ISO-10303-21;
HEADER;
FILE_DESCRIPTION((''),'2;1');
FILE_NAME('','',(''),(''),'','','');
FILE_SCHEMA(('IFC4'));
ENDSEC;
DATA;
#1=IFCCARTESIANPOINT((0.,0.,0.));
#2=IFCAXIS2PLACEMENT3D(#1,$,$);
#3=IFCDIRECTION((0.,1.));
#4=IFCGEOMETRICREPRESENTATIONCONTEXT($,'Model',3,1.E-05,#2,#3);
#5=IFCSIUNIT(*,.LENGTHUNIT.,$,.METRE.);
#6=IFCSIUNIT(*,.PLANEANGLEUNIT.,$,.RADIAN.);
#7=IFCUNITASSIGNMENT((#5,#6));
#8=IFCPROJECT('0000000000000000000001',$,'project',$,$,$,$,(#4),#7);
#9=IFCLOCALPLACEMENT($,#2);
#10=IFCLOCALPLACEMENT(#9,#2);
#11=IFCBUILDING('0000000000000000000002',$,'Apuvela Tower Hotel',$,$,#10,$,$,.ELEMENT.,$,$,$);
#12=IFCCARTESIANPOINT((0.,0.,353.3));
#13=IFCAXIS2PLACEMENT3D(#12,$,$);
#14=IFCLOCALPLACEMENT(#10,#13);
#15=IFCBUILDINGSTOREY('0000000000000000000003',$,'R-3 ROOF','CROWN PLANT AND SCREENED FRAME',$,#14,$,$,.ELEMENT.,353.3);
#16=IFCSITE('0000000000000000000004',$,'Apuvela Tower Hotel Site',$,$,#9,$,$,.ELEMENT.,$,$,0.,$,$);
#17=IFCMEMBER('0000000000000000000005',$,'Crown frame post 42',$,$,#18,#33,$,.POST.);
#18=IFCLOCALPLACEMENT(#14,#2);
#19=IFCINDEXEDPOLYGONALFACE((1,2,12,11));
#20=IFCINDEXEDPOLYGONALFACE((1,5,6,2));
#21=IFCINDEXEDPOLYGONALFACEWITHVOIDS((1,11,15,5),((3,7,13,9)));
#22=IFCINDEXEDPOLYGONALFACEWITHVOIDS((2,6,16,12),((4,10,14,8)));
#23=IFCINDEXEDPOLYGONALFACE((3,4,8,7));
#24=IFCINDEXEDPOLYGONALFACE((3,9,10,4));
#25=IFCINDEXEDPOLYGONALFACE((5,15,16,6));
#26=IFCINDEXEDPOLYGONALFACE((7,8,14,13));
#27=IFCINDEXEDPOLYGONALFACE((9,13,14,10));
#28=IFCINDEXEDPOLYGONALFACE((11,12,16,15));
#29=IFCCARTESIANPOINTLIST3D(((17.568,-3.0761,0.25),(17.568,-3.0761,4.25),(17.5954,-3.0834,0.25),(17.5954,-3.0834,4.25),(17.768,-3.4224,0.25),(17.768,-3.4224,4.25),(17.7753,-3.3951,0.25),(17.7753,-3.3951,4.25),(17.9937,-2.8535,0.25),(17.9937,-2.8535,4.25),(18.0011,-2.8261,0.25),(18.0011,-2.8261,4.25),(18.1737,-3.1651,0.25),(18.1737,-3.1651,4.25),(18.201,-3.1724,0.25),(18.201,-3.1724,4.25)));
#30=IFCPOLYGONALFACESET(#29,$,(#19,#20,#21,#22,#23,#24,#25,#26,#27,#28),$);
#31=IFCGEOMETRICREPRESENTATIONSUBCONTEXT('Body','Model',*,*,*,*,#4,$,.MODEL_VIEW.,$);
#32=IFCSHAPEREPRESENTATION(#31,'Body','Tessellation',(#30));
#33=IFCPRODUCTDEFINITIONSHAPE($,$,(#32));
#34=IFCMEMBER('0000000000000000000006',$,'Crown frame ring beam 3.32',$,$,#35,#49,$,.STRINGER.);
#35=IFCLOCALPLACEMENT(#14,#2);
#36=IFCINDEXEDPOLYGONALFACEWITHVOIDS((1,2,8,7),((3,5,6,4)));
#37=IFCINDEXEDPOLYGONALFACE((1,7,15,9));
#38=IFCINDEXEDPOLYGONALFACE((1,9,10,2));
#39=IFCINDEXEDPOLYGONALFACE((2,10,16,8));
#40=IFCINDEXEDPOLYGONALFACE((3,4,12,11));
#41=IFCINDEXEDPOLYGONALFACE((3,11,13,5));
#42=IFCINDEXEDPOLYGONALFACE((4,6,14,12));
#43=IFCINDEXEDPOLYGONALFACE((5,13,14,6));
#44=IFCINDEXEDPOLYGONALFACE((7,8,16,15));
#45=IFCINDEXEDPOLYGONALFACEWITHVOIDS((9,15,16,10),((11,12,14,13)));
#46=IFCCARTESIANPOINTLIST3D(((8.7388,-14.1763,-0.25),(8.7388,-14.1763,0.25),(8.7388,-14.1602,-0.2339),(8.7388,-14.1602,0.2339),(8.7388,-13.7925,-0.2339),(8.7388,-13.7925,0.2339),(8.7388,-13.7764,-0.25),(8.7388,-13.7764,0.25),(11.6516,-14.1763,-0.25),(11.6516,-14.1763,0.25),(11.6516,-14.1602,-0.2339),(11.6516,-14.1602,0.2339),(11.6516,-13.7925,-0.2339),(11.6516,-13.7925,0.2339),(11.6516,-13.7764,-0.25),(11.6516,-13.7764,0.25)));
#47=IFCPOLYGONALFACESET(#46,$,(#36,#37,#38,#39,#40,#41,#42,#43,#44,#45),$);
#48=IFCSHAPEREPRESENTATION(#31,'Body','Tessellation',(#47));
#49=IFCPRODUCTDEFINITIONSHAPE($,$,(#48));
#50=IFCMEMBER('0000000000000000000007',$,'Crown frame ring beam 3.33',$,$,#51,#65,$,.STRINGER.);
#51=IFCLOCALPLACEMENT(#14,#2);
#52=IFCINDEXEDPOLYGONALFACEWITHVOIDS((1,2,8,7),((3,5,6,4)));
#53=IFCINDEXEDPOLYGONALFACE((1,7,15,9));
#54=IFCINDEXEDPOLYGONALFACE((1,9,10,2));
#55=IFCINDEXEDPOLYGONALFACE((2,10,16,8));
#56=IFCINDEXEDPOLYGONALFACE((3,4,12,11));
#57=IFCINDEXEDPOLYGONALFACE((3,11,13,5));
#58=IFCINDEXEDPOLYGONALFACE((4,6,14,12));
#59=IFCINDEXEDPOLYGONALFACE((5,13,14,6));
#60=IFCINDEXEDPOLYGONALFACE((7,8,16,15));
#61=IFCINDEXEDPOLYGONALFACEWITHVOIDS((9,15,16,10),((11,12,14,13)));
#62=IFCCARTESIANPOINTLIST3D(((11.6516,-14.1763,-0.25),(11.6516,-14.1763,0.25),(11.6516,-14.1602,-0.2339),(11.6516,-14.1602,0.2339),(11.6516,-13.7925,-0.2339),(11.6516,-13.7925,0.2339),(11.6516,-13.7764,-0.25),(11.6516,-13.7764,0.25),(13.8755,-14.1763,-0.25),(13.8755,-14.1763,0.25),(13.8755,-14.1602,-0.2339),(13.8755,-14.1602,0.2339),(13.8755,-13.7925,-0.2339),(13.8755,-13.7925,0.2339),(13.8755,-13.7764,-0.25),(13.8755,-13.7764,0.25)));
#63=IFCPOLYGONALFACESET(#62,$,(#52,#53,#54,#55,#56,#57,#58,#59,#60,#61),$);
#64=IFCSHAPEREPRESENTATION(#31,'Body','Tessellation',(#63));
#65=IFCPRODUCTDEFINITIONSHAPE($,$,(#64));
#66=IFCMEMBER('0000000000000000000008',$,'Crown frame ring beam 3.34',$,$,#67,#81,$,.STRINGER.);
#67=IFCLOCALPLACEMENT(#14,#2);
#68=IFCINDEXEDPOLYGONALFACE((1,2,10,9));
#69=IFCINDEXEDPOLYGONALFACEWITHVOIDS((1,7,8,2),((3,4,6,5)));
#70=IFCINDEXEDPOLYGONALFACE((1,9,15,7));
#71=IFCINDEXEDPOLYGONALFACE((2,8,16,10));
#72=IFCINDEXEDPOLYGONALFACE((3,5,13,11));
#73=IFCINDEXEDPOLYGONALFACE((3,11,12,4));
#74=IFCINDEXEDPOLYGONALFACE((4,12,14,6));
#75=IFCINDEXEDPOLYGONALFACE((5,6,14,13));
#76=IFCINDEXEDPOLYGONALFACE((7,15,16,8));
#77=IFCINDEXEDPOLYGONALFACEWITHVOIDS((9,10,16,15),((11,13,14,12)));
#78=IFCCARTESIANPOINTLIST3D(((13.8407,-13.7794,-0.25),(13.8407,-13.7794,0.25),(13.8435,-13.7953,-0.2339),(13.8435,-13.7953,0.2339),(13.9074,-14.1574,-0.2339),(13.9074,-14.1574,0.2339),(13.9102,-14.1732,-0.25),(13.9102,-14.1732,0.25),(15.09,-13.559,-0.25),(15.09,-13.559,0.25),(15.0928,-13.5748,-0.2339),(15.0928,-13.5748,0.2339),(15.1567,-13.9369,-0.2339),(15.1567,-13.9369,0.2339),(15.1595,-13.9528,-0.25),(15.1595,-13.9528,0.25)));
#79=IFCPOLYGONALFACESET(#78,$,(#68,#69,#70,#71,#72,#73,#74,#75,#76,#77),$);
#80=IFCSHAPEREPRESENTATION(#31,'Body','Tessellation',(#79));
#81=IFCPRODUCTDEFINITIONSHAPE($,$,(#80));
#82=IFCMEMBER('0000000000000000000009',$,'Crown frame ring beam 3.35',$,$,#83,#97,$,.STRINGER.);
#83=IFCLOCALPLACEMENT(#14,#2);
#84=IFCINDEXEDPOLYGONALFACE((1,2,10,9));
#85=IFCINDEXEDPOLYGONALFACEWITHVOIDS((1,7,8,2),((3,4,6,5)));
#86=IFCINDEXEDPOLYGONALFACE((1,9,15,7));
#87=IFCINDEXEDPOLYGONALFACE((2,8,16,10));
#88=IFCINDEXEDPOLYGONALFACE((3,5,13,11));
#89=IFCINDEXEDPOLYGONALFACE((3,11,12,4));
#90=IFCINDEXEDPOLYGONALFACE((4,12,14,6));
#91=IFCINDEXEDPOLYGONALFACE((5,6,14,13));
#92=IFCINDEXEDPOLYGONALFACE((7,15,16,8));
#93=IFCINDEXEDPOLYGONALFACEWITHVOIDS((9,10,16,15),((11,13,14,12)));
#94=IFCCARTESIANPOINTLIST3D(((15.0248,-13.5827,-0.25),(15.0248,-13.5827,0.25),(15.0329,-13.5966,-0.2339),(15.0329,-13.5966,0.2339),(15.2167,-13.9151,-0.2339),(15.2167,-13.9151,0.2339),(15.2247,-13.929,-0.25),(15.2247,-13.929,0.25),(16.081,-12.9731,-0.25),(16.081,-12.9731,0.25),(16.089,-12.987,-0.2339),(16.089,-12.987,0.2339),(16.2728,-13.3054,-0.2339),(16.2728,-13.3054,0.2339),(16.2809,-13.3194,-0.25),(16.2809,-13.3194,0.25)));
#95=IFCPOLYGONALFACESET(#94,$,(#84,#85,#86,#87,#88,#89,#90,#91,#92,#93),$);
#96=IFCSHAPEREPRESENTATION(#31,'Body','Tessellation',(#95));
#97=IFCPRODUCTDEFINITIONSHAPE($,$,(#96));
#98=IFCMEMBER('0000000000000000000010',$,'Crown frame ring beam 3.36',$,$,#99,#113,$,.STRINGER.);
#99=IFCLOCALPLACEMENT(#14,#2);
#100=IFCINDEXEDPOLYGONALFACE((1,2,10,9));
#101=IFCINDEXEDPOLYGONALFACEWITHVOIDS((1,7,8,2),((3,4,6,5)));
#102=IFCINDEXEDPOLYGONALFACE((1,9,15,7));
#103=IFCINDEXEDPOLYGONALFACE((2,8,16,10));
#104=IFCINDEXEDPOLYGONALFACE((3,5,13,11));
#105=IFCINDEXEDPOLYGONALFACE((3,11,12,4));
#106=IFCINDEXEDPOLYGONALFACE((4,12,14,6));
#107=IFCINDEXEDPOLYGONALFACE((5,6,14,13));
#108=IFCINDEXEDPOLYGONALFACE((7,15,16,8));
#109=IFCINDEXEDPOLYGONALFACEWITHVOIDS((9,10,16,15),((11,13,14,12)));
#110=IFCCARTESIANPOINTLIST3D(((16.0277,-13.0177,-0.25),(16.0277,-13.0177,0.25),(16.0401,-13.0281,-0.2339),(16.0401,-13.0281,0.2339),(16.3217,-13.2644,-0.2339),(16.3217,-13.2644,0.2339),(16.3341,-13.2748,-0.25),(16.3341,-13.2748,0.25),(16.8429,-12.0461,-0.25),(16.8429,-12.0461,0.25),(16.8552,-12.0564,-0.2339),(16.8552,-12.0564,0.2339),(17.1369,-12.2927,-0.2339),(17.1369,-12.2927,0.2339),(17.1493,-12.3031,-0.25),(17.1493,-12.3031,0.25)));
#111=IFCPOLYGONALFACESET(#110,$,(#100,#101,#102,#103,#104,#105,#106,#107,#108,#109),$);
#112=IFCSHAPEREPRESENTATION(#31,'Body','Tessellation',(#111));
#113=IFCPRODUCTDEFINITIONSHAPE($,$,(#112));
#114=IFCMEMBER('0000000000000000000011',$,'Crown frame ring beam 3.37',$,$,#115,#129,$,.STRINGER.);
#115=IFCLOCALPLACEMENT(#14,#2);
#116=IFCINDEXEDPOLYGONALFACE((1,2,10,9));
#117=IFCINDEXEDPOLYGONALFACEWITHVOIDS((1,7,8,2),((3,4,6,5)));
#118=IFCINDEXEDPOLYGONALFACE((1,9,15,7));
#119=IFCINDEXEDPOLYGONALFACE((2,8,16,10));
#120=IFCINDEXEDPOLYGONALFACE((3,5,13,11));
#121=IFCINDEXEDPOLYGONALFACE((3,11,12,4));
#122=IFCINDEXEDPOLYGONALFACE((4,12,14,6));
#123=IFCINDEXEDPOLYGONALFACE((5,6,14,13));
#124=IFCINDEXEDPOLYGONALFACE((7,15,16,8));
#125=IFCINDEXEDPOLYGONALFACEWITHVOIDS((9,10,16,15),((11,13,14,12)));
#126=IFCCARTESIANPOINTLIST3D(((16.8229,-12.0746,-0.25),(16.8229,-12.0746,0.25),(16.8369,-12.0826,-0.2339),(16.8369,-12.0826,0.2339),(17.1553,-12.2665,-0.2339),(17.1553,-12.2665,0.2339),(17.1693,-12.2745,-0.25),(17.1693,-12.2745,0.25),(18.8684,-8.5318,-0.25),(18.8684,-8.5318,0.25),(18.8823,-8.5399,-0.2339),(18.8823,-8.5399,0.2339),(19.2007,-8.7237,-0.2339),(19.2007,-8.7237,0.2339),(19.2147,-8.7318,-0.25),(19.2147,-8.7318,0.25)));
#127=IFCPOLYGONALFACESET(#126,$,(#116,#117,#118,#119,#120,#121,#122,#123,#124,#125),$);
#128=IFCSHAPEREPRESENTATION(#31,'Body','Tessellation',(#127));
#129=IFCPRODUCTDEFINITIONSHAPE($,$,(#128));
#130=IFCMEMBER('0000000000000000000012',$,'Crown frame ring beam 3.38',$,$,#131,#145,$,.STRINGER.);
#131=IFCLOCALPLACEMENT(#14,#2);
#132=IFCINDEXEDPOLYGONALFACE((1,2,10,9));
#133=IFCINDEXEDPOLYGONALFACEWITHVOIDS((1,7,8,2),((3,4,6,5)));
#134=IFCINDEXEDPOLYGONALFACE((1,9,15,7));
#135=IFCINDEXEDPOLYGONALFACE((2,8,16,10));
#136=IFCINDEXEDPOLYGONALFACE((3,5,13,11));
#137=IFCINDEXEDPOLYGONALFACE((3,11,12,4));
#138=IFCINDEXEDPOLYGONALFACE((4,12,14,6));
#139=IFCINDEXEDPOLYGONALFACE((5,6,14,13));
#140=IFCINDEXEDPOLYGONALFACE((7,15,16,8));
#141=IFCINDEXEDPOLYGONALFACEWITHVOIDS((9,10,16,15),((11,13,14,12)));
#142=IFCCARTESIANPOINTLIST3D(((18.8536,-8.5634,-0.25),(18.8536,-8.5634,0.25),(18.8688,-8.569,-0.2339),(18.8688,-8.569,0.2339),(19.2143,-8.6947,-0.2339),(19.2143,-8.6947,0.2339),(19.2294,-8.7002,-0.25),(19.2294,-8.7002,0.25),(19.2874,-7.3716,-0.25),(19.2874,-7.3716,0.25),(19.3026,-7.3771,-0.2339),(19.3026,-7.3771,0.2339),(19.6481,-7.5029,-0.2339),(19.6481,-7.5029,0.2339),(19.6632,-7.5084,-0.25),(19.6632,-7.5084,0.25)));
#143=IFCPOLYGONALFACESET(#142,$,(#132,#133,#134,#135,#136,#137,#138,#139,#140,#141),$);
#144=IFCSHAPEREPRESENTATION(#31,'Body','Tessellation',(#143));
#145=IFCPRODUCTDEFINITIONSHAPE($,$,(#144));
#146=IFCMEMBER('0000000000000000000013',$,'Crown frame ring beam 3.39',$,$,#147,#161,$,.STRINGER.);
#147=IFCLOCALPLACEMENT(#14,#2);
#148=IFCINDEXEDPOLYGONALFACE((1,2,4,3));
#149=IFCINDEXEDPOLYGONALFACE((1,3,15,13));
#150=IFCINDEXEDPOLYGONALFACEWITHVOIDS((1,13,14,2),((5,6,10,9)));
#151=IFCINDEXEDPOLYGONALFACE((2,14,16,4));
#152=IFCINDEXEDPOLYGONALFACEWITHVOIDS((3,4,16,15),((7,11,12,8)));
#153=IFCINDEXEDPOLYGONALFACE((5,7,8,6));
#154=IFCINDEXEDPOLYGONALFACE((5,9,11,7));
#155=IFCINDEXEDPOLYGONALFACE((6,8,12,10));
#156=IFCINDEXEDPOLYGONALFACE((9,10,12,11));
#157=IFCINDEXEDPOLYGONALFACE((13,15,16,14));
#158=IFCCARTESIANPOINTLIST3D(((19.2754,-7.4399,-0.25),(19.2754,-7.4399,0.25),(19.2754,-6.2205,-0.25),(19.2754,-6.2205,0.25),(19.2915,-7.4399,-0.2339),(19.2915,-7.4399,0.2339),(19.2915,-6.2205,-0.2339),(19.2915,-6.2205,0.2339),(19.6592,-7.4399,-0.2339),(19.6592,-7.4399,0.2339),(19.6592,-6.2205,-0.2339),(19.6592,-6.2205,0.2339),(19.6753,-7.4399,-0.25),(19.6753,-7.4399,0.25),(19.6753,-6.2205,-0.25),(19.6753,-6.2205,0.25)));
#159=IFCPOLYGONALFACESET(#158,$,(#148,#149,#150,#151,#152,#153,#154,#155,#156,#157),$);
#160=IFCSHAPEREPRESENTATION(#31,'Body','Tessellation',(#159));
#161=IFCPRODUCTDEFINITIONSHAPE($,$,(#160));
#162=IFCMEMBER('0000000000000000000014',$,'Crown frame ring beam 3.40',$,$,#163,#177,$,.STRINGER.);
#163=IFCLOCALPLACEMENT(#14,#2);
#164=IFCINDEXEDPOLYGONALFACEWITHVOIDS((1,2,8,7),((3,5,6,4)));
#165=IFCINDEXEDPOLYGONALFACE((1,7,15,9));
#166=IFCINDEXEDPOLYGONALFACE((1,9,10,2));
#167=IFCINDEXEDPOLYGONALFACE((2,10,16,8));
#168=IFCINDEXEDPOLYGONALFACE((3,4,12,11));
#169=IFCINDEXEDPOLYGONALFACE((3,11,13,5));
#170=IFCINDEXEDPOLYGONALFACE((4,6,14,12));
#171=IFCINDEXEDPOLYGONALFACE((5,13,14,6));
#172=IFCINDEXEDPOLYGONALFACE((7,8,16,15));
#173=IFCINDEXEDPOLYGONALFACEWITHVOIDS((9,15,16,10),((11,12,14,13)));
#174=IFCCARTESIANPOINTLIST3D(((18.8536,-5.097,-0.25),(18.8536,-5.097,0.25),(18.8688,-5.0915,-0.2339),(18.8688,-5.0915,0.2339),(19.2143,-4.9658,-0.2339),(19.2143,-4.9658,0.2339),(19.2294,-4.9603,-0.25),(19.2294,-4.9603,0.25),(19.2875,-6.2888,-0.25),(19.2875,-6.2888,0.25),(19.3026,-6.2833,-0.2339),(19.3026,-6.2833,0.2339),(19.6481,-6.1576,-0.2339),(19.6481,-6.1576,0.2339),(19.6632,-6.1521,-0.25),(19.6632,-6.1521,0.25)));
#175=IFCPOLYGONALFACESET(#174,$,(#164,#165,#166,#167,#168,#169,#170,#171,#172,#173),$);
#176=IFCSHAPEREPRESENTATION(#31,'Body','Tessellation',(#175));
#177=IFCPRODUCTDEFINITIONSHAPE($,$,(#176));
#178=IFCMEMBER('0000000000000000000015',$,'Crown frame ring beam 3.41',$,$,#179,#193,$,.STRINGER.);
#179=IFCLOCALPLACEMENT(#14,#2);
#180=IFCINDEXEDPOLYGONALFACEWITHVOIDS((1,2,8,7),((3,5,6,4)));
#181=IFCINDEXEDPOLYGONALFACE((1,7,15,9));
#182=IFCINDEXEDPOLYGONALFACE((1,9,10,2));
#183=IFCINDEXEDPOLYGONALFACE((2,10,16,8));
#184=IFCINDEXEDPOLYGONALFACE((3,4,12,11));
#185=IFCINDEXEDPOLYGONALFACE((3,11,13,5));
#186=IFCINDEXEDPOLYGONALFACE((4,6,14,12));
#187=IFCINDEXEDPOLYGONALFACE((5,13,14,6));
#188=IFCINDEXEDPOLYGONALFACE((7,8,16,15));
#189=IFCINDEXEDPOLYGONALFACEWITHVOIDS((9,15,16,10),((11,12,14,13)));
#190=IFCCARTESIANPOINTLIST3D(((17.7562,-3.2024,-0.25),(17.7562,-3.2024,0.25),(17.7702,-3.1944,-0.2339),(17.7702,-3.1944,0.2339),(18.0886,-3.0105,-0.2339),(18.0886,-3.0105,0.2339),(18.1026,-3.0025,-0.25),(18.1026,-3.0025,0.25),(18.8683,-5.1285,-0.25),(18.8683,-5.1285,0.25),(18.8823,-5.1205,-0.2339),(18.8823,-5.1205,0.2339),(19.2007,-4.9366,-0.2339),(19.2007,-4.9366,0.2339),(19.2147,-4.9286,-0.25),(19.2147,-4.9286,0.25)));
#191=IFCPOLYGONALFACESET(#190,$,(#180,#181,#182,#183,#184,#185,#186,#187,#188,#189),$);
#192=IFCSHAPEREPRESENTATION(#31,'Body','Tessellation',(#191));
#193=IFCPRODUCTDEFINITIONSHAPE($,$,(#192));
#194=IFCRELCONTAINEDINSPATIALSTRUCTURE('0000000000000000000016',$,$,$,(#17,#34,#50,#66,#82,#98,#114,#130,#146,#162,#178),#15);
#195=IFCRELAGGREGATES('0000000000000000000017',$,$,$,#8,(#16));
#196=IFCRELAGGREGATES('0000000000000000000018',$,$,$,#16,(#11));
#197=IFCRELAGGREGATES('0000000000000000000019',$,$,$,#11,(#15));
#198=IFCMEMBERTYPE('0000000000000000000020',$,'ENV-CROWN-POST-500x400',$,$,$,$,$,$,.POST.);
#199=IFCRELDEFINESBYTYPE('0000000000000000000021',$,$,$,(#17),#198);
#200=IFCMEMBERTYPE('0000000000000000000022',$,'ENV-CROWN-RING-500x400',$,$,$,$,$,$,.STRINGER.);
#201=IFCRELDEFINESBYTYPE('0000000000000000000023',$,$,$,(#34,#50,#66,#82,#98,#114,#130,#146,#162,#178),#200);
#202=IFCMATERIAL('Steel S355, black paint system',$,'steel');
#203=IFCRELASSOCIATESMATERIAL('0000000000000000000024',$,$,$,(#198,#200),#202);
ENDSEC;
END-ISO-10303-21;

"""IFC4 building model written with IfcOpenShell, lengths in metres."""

from ifc_helpers import new_model, si_unit, direction, frame, origin, origin_2d, place, context, subcontext, project, spatial, hollow_rectangle, extrude, material, material_profile, profile_set, type_object, element, save


model = new_model("IFC4")

# Units and contexts
model_context = context("Model", 3, precision=1e-05, world=origin(), true_north=direction((0.0, 1.0)))
body_context = subcontext(model_context, "Body", "Model", "MODEL_VIEW")
ifc_project = project(units=[si_unit("LENGTHUNIT", "METRE"), si_unit("PLANEANGLEUNIT", "RADIAN")], contexts=[model_context])

# Site, building, storey
site_placement = place(None, origin())
site = spatial("IfcSite", under=ifc_project, at=site_placement, Name="Apuvela Tower Hotel Site", CompositionType="ELEMENT", RefElevation=0.0)
building_placement = place(site_placement, origin())
building = spatial("IfcBuilding", under=site, at=building_placement, Name="Apuvela Tower Hotel", CompositionType="ELEMENT")
storey_placement = place(building_placement, frame((0.0, 0.0, 353.3)))
storey = spatial("IfcBuildingStorey", under=building, at=storey_placement, Name="R-3 ROOF", Description="CROWN PLANT AND SCREENED FRAME", CompositionType="ELEMENT", Elevation=353.3)

# Members
ifc_material_1 = material(Name="Steel S355, black paint system", Category="steel")
ifc_material_profile_1 = material_profile(ifc_material_1, hollow_rectangle(XDim=0.3999, YDim=0.5, WallThickness=0.02, at=origin_2d()), Name="HSS 500x400x20")
ifc_profile_set_1 = profile_set([ifc_material_profile_1], Name="Steel S355, black paint system")
member_type_1 = type_object("IfcMemberType", Name="ENV-CROWN-POST-500x400", PredefinedType="POST", material=ifc_profile_set_1)
for number, where, z_axis, x_axis, name in (
    (1, (17.8845, -3.1243, 0.25), (0.0, 0.0, 1.0), (-0.5, 0.866025, 0.0), "Crown frame post 42"),
):
    element("IfcMember", number, at=place(storey_placement, frame(where, z_axis=z_axis, x_axis=x_axis)), inside=storey, type_object=member_type_1, Name=name, PredefinedType="POST", context=body_context, shape_type="SweptSolid", body=[
        extrude(hollow_rectangle(XDim=0.3999, YDim=0.5, WallThickness=0.02, at=origin_2d()), origin(), (0.0, 0.0, 1.0), 4.0),
    ])
ifc_material_profile_2 = material_profile(ifc_material_1, hollow_rectangle(XDim=0.3999, YDim=0.5, WallThickness=0.0161, at=origin_2d()), Name="HSS 500x400x16")
ifc_profile_set_2 = profile_set([ifc_material_profile_2], Name="Steel S355, black paint system")
member_type_2 = type_object("IfcMemberType", Name="ENV-CROWN-RING-500x400", PredefinedType="STRINGER", material=ifc_profile_set_2)
member_1_placement = place(storey_placement, frame((8.7388, -13.9763, 0.0), z_axis=(1.0, 0.0, 0.0), x_axis=(0.0, 1.0, 0.0)))
element("IfcMember", 2, at=member_1_placement, inside=storey, type_object=member_type_2, Name="Crown frame ring beam 3.32", PredefinedType="STRINGER", context=body_context, shape_type="SweptSolid", body=[
    extrude(hollow_rectangle(XDim=0.3999, YDim=0.5, WallThickness=0.0161, at=origin_2d()), origin(), (0.0, 0.0, 1.0), 2.9128),
])
member_2_placement = place(storey_placement, frame((11.6516, -13.9763, 0.0), z_axis=(1.0, 0.0, 0.0), x_axis=(0.0, 1.0, 0.0)))
element("IfcMember", 3, at=member_2_placement, inside=storey, type_object=member_type_2, Name="Crown frame ring beam 3.33", PredefinedType="STRINGER", context=body_context, shape_type="SweptSolid", body=[
    extrude(hollow_rectangle(XDim=0.3999, YDim=0.5, WallThickness=0.0161, at=origin_2d()), origin(), (0.0, 0.0, 1.0), 2.2239),
])
member_3_placement = place(storey_placement, frame((13.8755, -13.9763, 0.0), z_axis=(0.984784, 0.173785, 0.0), x_axis=(-0.173785, 0.984784, 0.0)))
element("IfcMember", 4, at=member_3_placement, inside=storey, type_object=member_type_2, Name="Crown frame ring beam 3.34", PredefinedType="STRINGER", context=body_context, shape_type="SweptSolid", body=[
    extrude(hollow_rectangle(XDim=0.3999, YDim=0.5, WallThickness=0.0161, at=origin_2d()), origin(), (0.0, 0.0, 1.0), 1.2686),
])
member_4_placement = place(storey_placement, frame((15.1248, -13.7559, 0.0), z_axis=(0.866079, 0.499907, 0.0), x_axis=(-0.499907, 0.866079, 0.0)))
element("IfcMember", 5, at=member_4_placement, inside=storey, type_object=member_type_2, Name="Crown frame ring beam 3.35", PredefinedType="STRINGER", context=body_context, shape_type="SweptSolid", body=[
    extrude(hollow_rectangle(XDim=0.3999, YDim=0.5, WallThickness=0.0161, at=origin_2d()), origin(), (0.0, 0.0, 1.0), 1.2195),
])
member_5_placement = place(storey_placement, frame((16.1809, -13.1462, 0.0), z_axis=(0.642718, 0.766103, 0.0), x_axis=(-0.766103, 0.642718, 0.0)))
element("IfcMember", 6, at=member_5_placement, inside=storey, type_object=member_type_2, Name="Crown frame ring beam 3.36", PredefinedType="STRINGER", context=body_context, shape_type="SweptSolid", body=[
    extrude(hollow_rectangle(XDim=0.3999, YDim=0.5, WallThickness=0.0161, at=origin_2d()), origin(), (0.0, 0.0, 1.0), 1.2683),
])
member_6_placement = place(storey_placement, frame((16.9961, -12.1746, 0.0), z_axis=(0.500003, 0.866024, 0.0), x_axis=(-0.866024, 0.500003, 0.0)))
element("IfcMember", 7, at=member_6_placement, inside=storey, type_object=member_type_2, Name="Crown frame ring beam 3.37", PredefinedType="STRINGER", context=body_context, shape_type="SweptSolid", body=[
    extrude(hollow_rectangle(XDim=0.3999, YDim=0.5, WallThickness=0.0161, at=origin_2d()), origin(), (0.0, 0.0, 1.0), 4.0908),
])
member_7_placement = place(storey_placement, frame((19.0415, -8.6318, 0.0), z_axis=(0.342037, 0.939687, 0.0), x_axis=(-0.939687, 0.342037, 0.0)))
element("IfcMember", 8, at=member_7_placement, inside=storey, type_object=member_type_2, Name="Crown frame ring beam 3.38", PredefinedType="STRINGER", context=body_context, shape_type="SweptSolid", body=[
    extrude(hollow_rectangle(XDim=0.3999, YDim=0.5, WallThickness=0.0161, at=origin_2d()), origin(), (0.0, 0.0, 1.0), 1.2683),
])
member_8_placement = place(storey_placement, frame((19.4753, -7.4399, 0.0), z_axis=(0.0, 1.0, 0.0), x_axis=(-1.0, 0.0, 0.0)))
element("IfcMember", 9, at=member_8_placement, inside=storey, type_object=member_type_2, Name="Crown frame ring beam 3.39", PredefinedType="STRINGER", context=body_context, shape_type="SweptSolid", body=[
    extrude(hollow_rectangle(XDim=0.3999, YDim=0.5, WallThickness=0.0161, at=origin_2d()), origin(), (0.0, 0.0, 1.0), 1.2195),
])
member_9_placement = place(storey_placement, frame((19.4753, -6.2205, 0.0), z_axis=(-0.342037, 0.939687, 0.0), x_axis=(-0.939687, -0.342037, 0.0)))
element("IfcMember", 10, at=member_9_placement, inside=storey, type_object=member_type_2, Name="Crown frame ring beam 3.40", PredefinedType="STRINGER", context=body_context, shape_type="SweptSolid", body=[
    extrude(hollow_rectangle(XDim=0.3999, YDim=0.5, WallThickness=0.0161, at=origin_2d()), origin(), (0.0, 0.0, 1.0), 1.2683),
])
member_10_placement = place(storey_placement, frame((19.0415, -5.0286, 0.0), z_axis=(-0.500023, 0.866012, 0.0), x_axis=(-0.866012, -0.500023, 0.0)))
element("IfcMember", 11, at=member_10_placement, inside=storey, type_object=member_type_2, Name="Crown frame ring beam 3.41", PredefinedType="STRINGER", context=body_context, shape_type="SweptSolid", body=[
    extrude(hollow_rectangle(XDim=0.3999, YDim=0.5, WallThickness=0.0161, at=origin_2d()), origin(), (0.0, 0.0, 1.0), 2.2241),
])

save(model, "model.ifc")
